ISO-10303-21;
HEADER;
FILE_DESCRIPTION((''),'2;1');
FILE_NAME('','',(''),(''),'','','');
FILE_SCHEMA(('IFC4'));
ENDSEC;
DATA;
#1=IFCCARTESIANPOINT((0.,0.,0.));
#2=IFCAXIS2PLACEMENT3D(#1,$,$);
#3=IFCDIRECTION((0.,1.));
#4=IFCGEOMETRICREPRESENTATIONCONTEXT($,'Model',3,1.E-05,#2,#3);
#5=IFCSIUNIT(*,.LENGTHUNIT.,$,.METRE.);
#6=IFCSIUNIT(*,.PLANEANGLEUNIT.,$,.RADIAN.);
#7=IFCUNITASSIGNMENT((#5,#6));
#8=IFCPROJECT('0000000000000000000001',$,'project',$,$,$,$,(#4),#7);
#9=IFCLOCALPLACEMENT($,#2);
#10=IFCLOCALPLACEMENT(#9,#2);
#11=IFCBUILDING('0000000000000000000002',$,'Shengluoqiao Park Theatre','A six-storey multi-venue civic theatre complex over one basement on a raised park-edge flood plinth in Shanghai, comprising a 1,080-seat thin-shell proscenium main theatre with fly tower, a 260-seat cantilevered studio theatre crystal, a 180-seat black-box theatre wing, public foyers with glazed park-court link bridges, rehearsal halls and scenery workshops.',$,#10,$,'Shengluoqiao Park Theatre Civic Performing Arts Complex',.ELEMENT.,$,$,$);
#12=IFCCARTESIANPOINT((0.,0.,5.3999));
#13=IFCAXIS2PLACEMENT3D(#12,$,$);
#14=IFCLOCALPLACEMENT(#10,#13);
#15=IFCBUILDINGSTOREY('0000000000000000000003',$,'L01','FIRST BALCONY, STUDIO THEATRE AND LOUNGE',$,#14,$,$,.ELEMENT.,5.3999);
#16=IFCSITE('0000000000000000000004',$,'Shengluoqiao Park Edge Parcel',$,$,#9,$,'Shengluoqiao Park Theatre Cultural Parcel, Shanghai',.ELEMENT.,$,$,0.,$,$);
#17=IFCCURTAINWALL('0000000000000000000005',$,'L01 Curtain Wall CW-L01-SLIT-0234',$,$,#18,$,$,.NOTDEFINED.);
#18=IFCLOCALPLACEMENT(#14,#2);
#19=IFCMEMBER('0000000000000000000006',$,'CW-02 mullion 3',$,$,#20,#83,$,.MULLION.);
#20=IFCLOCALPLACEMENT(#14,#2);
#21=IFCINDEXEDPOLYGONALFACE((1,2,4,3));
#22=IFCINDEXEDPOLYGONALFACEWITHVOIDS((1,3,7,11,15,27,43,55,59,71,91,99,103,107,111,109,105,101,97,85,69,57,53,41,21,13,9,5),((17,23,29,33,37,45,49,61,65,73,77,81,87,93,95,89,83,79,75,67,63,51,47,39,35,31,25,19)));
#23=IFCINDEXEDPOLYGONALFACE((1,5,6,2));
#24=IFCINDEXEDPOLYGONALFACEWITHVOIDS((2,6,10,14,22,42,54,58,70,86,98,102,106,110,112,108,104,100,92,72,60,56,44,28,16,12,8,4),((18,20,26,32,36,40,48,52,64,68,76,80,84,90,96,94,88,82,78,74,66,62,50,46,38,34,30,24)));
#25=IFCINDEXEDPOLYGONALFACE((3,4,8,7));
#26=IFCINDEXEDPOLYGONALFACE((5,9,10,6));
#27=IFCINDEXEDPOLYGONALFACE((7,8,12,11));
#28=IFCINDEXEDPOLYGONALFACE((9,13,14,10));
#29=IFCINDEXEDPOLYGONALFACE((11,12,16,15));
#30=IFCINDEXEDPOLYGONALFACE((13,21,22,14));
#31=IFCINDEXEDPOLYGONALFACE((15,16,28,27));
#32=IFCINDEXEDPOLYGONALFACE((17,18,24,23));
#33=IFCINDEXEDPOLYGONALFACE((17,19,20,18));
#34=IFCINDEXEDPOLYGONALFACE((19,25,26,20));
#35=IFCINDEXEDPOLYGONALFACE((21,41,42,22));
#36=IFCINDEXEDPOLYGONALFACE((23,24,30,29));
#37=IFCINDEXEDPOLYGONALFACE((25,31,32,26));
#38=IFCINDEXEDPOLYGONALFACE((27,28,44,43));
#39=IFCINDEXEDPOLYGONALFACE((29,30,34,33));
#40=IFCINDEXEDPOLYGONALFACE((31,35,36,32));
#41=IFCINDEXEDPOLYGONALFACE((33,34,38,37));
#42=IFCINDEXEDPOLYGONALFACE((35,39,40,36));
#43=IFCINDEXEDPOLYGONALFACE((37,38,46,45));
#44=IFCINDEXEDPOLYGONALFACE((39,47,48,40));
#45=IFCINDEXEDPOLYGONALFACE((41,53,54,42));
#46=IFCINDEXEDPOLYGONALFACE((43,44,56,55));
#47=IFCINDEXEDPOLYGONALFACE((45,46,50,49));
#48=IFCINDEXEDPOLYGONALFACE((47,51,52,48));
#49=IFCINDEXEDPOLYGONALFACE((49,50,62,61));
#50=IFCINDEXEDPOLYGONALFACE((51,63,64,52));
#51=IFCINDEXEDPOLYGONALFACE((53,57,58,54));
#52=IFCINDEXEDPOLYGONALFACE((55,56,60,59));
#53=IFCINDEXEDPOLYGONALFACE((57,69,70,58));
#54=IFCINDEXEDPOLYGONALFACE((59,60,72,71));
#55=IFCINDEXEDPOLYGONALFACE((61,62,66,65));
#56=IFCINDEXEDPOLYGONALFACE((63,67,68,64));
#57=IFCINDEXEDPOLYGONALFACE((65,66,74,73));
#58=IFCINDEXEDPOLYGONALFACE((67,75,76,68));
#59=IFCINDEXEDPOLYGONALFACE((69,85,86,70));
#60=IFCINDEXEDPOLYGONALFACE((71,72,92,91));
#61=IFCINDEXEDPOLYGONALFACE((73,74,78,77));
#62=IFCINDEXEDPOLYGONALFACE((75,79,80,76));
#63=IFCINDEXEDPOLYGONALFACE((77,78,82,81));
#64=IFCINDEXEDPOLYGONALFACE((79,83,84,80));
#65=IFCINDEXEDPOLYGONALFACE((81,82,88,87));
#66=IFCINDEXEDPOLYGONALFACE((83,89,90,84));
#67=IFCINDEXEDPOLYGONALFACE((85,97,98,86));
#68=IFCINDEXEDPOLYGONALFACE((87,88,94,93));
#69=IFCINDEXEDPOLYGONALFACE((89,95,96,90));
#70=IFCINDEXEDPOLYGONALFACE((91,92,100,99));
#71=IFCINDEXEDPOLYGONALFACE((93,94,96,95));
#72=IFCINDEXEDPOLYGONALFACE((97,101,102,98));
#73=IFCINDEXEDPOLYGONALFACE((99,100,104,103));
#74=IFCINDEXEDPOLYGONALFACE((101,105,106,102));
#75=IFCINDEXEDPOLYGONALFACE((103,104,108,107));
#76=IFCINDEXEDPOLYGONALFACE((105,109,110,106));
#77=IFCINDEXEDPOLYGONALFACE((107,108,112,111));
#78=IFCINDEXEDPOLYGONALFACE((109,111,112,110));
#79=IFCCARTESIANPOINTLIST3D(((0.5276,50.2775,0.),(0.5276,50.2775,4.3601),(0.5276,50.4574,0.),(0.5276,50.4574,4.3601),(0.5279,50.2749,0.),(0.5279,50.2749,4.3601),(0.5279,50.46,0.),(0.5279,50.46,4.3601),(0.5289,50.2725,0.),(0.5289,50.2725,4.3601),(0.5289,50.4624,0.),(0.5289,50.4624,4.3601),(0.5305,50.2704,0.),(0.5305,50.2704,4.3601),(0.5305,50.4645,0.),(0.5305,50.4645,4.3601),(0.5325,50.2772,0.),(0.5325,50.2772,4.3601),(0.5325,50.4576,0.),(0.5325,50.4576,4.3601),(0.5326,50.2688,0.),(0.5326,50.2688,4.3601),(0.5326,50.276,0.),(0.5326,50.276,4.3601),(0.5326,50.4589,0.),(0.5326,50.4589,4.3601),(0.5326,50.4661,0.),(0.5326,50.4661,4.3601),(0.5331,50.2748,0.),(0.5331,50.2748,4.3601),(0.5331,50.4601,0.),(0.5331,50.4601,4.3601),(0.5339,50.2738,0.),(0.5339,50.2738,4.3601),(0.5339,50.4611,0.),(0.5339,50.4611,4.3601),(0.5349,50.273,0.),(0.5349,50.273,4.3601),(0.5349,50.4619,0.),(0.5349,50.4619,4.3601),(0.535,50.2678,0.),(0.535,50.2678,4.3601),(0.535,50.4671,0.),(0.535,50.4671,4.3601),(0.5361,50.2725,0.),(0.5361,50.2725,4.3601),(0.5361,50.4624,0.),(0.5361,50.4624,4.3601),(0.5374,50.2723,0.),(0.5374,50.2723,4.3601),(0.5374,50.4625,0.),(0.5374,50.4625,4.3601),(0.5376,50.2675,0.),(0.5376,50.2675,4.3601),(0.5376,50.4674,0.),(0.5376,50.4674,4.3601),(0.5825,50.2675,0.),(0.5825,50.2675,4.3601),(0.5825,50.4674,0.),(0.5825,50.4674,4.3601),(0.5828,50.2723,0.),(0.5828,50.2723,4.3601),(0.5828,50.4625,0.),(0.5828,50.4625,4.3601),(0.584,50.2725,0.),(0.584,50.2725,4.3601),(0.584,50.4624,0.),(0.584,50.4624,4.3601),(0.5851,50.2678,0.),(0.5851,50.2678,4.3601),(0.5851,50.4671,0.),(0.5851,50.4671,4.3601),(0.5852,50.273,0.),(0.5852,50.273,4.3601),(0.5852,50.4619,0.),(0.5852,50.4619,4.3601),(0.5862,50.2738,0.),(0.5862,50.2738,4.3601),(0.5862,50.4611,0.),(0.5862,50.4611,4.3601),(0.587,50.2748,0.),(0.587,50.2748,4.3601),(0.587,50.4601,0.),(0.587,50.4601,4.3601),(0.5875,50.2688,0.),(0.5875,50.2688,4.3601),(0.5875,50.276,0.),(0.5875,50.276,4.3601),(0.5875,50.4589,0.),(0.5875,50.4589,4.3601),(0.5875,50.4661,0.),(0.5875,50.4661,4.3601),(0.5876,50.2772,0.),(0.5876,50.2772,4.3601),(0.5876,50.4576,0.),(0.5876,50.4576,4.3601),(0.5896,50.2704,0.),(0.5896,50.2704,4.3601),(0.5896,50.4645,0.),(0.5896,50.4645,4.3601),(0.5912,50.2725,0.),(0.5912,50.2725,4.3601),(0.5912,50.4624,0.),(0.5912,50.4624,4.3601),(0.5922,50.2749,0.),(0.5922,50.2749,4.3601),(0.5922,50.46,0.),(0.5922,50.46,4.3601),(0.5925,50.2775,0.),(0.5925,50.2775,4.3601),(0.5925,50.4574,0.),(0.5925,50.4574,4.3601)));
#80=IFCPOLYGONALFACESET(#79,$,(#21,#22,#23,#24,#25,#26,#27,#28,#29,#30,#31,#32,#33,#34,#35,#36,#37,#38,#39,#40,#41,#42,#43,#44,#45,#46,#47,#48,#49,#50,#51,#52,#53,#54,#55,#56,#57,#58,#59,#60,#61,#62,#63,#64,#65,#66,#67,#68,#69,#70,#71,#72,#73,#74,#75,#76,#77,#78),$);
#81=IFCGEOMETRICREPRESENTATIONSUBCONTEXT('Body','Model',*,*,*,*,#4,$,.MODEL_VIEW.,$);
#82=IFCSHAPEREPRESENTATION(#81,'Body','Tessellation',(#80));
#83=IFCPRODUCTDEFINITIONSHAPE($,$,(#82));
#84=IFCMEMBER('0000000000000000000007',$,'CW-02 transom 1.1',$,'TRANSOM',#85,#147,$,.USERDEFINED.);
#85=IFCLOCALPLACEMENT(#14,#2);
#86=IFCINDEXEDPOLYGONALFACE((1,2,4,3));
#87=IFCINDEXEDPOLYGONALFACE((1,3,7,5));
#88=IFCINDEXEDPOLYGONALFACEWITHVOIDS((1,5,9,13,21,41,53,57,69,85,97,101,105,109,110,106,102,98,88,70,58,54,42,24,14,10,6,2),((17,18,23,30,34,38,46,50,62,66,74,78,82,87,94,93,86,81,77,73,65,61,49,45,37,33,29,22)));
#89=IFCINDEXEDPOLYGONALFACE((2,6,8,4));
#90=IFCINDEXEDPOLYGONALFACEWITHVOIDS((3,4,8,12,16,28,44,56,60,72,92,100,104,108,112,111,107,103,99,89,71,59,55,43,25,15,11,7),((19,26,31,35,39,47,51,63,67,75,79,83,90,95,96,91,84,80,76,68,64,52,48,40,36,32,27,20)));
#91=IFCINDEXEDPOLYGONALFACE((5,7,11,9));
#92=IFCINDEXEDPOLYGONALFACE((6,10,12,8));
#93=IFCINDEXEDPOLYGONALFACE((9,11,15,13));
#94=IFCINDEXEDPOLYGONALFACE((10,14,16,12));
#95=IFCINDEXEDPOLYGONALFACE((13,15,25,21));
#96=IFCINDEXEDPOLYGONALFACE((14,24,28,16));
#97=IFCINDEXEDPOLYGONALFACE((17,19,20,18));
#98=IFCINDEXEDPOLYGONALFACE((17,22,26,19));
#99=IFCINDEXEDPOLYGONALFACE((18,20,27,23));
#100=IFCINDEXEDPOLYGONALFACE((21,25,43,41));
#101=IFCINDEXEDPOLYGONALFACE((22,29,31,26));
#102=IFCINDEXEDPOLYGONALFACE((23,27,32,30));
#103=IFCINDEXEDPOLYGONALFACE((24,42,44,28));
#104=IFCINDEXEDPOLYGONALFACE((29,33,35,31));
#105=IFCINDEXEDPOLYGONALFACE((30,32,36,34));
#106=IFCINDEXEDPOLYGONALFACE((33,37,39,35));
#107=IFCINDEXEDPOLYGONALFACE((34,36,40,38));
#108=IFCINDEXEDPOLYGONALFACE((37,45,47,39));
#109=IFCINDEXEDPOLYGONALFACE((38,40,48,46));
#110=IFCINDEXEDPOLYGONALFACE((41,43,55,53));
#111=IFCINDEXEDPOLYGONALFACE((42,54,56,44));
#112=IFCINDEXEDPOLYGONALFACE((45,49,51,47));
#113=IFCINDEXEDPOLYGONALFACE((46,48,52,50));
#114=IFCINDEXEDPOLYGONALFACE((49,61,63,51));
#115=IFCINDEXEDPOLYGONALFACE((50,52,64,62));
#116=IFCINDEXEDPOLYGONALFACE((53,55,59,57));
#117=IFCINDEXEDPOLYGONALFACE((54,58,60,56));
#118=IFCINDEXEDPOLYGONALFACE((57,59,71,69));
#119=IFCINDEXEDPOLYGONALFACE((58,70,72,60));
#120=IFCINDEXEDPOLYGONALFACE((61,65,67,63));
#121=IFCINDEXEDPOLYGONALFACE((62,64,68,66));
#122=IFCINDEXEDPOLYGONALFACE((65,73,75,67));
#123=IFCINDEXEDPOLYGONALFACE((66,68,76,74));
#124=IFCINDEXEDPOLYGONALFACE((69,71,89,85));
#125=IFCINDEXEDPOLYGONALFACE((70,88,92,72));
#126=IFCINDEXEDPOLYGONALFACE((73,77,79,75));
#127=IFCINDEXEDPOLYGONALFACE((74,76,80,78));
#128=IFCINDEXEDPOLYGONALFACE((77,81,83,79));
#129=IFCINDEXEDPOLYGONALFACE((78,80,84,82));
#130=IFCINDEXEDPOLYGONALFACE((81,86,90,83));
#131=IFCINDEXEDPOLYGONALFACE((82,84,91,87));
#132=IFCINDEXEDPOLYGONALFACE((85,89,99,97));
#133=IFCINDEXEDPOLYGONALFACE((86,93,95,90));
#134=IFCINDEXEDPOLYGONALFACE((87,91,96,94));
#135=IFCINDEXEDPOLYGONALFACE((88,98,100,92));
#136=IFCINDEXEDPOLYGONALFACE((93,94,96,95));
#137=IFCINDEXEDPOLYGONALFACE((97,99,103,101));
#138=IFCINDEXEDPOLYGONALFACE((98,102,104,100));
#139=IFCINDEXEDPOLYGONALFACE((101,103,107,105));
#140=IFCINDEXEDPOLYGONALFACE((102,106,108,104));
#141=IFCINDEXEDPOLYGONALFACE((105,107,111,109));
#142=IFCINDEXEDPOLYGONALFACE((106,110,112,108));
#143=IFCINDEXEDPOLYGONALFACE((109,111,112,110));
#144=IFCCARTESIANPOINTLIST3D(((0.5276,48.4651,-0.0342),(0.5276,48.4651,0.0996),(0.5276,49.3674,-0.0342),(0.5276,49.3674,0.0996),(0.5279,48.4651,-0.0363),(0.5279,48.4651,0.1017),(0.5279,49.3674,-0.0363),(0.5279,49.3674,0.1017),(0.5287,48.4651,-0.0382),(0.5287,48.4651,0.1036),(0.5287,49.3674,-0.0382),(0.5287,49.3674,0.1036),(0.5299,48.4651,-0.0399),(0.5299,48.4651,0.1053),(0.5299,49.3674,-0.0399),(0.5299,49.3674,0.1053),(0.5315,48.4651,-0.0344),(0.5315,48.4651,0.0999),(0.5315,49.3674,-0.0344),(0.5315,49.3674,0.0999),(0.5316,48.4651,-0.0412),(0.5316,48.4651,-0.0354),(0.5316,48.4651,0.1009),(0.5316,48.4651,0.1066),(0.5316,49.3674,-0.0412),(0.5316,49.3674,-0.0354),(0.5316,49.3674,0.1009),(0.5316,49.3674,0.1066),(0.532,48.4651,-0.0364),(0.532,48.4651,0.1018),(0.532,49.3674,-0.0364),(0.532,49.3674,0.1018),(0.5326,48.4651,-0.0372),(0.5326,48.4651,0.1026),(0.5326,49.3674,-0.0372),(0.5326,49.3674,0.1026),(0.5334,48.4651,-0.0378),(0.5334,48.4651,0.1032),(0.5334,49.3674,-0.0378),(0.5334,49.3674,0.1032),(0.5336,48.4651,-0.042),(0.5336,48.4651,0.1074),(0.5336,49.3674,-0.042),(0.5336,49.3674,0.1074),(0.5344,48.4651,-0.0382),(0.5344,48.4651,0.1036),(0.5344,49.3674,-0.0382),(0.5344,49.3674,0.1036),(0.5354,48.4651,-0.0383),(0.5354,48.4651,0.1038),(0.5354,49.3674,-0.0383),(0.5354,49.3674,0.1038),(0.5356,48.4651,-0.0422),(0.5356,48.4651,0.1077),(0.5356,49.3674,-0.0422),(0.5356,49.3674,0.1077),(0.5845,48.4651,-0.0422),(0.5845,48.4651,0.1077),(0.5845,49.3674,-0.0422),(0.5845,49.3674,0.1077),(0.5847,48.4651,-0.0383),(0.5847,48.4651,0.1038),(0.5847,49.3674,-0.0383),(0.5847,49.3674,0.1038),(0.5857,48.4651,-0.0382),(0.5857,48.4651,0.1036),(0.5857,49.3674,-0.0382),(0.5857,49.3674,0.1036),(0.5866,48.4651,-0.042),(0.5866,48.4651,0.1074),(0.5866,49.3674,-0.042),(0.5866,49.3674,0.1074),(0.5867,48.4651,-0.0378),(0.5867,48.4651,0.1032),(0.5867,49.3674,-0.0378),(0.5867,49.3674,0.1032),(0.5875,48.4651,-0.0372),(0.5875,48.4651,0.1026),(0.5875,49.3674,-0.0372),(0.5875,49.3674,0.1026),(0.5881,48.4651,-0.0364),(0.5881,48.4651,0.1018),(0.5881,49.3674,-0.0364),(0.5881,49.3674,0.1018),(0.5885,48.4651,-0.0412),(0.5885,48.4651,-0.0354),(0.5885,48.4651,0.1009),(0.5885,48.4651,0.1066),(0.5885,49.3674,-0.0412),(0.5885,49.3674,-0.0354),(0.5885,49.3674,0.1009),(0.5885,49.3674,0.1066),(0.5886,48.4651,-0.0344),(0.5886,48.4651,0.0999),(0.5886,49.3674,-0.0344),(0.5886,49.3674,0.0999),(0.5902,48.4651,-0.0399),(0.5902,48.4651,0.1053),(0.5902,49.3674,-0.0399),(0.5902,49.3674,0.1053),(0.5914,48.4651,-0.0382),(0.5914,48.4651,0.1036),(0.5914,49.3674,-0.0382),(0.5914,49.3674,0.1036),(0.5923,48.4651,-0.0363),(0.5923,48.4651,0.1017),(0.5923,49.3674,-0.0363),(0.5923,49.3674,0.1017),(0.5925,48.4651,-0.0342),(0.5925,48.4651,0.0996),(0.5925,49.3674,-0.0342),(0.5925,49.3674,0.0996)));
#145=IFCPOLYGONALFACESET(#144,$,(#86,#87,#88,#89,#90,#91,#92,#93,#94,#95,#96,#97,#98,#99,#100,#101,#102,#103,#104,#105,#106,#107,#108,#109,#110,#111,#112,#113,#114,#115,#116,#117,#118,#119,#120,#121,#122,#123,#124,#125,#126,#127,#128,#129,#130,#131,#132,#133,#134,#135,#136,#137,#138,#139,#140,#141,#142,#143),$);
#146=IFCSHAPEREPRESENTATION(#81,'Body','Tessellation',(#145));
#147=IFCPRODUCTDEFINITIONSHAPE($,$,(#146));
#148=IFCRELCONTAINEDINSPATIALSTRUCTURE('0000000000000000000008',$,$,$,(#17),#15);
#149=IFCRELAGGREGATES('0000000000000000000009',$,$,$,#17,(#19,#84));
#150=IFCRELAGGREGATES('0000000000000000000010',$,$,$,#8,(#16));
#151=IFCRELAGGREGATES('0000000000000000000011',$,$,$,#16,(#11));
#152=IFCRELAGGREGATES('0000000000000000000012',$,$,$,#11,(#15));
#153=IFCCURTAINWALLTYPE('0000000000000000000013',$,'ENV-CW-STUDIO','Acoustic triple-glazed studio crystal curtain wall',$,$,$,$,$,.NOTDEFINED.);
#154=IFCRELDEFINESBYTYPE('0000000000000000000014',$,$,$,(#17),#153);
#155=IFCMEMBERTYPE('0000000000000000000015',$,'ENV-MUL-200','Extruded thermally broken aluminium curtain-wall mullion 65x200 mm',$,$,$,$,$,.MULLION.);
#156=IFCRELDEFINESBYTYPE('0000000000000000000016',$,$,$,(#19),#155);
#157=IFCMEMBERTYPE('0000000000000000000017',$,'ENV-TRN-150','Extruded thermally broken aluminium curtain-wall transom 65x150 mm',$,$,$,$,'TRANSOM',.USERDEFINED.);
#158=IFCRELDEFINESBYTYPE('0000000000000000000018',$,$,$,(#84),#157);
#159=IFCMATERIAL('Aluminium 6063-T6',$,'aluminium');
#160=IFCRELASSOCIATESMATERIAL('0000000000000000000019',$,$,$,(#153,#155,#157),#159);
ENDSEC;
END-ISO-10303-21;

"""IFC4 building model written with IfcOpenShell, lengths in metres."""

from ifc_helpers import new_model, si_unit, direction, frame, origin, origin_2d, place, context, subcontext, project, spatial, hollow_rectangle, extrude, material, material_profile, profile_set, type_object, element, aggregate, save


model = new_model("IFC4")

# Units and contexts
model_context = context("Model", 3, precision=1e-05, world=origin(), true_north=direction((0.0, 1.0)))
body_context = subcontext(model_context, "Body", "Model", "MODEL_VIEW")
ifc_project = project(units=[si_unit("LENGTHUNIT", "METRE"), si_unit("PLANEANGLEUNIT", "RADIAN")], contexts=[model_context])

# Site, building, storey
site_placement = place(None, origin())
site = spatial("IfcSite", under=ifc_project, at=site_placement, Name="Shengluoqiao Park Edge Parcel", LongName="Shengluoqiao Park Theatre Cultural Parcel, Shanghai", CompositionType="ELEMENT", RefElevation=0.0)
building_placement = place(site_placement, origin())
building = spatial("IfcBuilding", under=site, at=building_placement, Name="Shengluoqiao Park Theatre", Description="A six-storey multi-venue civic theatre complex over one basement on a raised park-edge flood plinth in Shanghai, comprising a 1,080-seat thin-shell proscenium main theatre with fly tower, a 260-seat cantilevered studio theatre crystal, a 180-seat black-box theatre wing, public foyers with glazed park-court link bridges, rehearsal halls and scenery workshops.", LongName="Shengluoqiao Park Theatre Civic Performing Arts Complex", CompositionType="ELEMENT")
storey_placement = place(building_placement, frame((0.0, 0.0, 5.3999)))
storey = spatial("IfcBuildingStorey", under=building, at=storey_placement, Name="L01", Description="FIRST BALCONY, STUDIO THEATRE AND LOUNGE", CompositionType="ELEMENT", Elevation=5.3999)

# Curtain wall, members
ifc_material_1 = material(Name="Aluminium 6063-T6", Category="aluminium")
curtain_wall_type = type_object("IfcCurtainWallType", Name="ENV-CW-STUDIO", Description="Acoustic triple-glazed studio crystal curtain wall", PredefinedType="NOTDEFINED", material=ifc_material_1)
curtain_wall_placement = place(storey_placement, origin())
curtain_wall = element("IfcCurtainWall", 1, at=curtain_wall_placement, inside=storey, type_object=curtain_wall_type, Name="L01 Curtain Wall CW-L01-SLIT-0234", PredefinedType="NOTDEFINED")
ifc_material_profile_1 = material_profile(ifc_material_1, hollow_rectangle(XDim=0.0649, YDim=0.2, WallThickness=0.0049, InnerFilletRadius=0.0049, OuterFilletRadius=0.01, at=origin_2d()), Name="ALU MULLION 200x65x5")
ifc_profile_set_1 = profile_set([ifc_material_profile_1], Name="Aluminium 6063-T6")
member_type_1 = type_object("IfcMemberType", Name="ENV-MUL-200", Description="Extruded thermally broken aluminium curtain-wall mullion 65x200 mm", PredefinedType="MULLION", material=ifc_profile_set_1)
member_1_placement = place(storey_placement, frame((0.5601, 50.3674, 0.0), z_axis=(0.0, 0.0, 1.0), x_axis=(-1.0, 0.0, 0.0)))
member_1 = element("IfcMember", 2, at=member_1_placement, type_object=member_type_1, Name="CW-02 mullion 3", PredefinedType="MULLION", context=body_context, shape_type="SweptSolid", body=[
    extrude(hollow_rectangle(XDim=0.0649, YDim=0.2, WallThickness=0.0049, InnerFilletRadius=0.0049, OuterFilletRadius=0.01, at=origin_2d()), origin(), (0.0, 0.0, 1.0), 4.3601),
])
ifc_material_profile_2 = material_profile(ifc_material_1, hollow_rectangle(XDim=0.0649, YDim=0.1499, WallThickness=0.0039, InnerFilletRadius=0.0039, OuterFilletRadius=0.0081, at=origin_2d()), Name="ALU TRANSOM 150x65x4")
ifc_profile_set_2 = profile_set([ifc_material_profile_2], Name="Aluminium 6063-T6")
member_type_2 = type_object("IfcMemberType", Name="ENV-TRN-150", Description="Extruded thermally broken aluminium curtain-wall transom 65x150 mm", ElementType="TRANSOM", PredefinedType="USERDEFINED", material=ifc_profile_set_2)
member_2_placement = place(storey_placement, frame((0.5601, 48.4651, 0.0327), z_axis=(0.0, 1.0, 0.0), x_axis=(-1.0, 0.0, 0.0)))
member_2 = element("IfcMember", 3, at=member_2_placement, type_object=member_type_2, Name="CW-02 transom 1.1", ObjectType="TRANSOM", PredefinedType="USERDEFINED", context=body_context, shape_type="SweptSolid", body=[
    extrude(hollow_rectangle(XDim=0.0649, YDim=0.1499, WallThickness=0.0039, InnerFilletRadius=0.0039, OuterFilletRadius=0.0081, at=origin_2d()), origin(), (0.0, 0.0, 1.0), 0.9023),
])

aggregate(curtain_wall, [member_1, member_2])

save(model, "model.ifc")
